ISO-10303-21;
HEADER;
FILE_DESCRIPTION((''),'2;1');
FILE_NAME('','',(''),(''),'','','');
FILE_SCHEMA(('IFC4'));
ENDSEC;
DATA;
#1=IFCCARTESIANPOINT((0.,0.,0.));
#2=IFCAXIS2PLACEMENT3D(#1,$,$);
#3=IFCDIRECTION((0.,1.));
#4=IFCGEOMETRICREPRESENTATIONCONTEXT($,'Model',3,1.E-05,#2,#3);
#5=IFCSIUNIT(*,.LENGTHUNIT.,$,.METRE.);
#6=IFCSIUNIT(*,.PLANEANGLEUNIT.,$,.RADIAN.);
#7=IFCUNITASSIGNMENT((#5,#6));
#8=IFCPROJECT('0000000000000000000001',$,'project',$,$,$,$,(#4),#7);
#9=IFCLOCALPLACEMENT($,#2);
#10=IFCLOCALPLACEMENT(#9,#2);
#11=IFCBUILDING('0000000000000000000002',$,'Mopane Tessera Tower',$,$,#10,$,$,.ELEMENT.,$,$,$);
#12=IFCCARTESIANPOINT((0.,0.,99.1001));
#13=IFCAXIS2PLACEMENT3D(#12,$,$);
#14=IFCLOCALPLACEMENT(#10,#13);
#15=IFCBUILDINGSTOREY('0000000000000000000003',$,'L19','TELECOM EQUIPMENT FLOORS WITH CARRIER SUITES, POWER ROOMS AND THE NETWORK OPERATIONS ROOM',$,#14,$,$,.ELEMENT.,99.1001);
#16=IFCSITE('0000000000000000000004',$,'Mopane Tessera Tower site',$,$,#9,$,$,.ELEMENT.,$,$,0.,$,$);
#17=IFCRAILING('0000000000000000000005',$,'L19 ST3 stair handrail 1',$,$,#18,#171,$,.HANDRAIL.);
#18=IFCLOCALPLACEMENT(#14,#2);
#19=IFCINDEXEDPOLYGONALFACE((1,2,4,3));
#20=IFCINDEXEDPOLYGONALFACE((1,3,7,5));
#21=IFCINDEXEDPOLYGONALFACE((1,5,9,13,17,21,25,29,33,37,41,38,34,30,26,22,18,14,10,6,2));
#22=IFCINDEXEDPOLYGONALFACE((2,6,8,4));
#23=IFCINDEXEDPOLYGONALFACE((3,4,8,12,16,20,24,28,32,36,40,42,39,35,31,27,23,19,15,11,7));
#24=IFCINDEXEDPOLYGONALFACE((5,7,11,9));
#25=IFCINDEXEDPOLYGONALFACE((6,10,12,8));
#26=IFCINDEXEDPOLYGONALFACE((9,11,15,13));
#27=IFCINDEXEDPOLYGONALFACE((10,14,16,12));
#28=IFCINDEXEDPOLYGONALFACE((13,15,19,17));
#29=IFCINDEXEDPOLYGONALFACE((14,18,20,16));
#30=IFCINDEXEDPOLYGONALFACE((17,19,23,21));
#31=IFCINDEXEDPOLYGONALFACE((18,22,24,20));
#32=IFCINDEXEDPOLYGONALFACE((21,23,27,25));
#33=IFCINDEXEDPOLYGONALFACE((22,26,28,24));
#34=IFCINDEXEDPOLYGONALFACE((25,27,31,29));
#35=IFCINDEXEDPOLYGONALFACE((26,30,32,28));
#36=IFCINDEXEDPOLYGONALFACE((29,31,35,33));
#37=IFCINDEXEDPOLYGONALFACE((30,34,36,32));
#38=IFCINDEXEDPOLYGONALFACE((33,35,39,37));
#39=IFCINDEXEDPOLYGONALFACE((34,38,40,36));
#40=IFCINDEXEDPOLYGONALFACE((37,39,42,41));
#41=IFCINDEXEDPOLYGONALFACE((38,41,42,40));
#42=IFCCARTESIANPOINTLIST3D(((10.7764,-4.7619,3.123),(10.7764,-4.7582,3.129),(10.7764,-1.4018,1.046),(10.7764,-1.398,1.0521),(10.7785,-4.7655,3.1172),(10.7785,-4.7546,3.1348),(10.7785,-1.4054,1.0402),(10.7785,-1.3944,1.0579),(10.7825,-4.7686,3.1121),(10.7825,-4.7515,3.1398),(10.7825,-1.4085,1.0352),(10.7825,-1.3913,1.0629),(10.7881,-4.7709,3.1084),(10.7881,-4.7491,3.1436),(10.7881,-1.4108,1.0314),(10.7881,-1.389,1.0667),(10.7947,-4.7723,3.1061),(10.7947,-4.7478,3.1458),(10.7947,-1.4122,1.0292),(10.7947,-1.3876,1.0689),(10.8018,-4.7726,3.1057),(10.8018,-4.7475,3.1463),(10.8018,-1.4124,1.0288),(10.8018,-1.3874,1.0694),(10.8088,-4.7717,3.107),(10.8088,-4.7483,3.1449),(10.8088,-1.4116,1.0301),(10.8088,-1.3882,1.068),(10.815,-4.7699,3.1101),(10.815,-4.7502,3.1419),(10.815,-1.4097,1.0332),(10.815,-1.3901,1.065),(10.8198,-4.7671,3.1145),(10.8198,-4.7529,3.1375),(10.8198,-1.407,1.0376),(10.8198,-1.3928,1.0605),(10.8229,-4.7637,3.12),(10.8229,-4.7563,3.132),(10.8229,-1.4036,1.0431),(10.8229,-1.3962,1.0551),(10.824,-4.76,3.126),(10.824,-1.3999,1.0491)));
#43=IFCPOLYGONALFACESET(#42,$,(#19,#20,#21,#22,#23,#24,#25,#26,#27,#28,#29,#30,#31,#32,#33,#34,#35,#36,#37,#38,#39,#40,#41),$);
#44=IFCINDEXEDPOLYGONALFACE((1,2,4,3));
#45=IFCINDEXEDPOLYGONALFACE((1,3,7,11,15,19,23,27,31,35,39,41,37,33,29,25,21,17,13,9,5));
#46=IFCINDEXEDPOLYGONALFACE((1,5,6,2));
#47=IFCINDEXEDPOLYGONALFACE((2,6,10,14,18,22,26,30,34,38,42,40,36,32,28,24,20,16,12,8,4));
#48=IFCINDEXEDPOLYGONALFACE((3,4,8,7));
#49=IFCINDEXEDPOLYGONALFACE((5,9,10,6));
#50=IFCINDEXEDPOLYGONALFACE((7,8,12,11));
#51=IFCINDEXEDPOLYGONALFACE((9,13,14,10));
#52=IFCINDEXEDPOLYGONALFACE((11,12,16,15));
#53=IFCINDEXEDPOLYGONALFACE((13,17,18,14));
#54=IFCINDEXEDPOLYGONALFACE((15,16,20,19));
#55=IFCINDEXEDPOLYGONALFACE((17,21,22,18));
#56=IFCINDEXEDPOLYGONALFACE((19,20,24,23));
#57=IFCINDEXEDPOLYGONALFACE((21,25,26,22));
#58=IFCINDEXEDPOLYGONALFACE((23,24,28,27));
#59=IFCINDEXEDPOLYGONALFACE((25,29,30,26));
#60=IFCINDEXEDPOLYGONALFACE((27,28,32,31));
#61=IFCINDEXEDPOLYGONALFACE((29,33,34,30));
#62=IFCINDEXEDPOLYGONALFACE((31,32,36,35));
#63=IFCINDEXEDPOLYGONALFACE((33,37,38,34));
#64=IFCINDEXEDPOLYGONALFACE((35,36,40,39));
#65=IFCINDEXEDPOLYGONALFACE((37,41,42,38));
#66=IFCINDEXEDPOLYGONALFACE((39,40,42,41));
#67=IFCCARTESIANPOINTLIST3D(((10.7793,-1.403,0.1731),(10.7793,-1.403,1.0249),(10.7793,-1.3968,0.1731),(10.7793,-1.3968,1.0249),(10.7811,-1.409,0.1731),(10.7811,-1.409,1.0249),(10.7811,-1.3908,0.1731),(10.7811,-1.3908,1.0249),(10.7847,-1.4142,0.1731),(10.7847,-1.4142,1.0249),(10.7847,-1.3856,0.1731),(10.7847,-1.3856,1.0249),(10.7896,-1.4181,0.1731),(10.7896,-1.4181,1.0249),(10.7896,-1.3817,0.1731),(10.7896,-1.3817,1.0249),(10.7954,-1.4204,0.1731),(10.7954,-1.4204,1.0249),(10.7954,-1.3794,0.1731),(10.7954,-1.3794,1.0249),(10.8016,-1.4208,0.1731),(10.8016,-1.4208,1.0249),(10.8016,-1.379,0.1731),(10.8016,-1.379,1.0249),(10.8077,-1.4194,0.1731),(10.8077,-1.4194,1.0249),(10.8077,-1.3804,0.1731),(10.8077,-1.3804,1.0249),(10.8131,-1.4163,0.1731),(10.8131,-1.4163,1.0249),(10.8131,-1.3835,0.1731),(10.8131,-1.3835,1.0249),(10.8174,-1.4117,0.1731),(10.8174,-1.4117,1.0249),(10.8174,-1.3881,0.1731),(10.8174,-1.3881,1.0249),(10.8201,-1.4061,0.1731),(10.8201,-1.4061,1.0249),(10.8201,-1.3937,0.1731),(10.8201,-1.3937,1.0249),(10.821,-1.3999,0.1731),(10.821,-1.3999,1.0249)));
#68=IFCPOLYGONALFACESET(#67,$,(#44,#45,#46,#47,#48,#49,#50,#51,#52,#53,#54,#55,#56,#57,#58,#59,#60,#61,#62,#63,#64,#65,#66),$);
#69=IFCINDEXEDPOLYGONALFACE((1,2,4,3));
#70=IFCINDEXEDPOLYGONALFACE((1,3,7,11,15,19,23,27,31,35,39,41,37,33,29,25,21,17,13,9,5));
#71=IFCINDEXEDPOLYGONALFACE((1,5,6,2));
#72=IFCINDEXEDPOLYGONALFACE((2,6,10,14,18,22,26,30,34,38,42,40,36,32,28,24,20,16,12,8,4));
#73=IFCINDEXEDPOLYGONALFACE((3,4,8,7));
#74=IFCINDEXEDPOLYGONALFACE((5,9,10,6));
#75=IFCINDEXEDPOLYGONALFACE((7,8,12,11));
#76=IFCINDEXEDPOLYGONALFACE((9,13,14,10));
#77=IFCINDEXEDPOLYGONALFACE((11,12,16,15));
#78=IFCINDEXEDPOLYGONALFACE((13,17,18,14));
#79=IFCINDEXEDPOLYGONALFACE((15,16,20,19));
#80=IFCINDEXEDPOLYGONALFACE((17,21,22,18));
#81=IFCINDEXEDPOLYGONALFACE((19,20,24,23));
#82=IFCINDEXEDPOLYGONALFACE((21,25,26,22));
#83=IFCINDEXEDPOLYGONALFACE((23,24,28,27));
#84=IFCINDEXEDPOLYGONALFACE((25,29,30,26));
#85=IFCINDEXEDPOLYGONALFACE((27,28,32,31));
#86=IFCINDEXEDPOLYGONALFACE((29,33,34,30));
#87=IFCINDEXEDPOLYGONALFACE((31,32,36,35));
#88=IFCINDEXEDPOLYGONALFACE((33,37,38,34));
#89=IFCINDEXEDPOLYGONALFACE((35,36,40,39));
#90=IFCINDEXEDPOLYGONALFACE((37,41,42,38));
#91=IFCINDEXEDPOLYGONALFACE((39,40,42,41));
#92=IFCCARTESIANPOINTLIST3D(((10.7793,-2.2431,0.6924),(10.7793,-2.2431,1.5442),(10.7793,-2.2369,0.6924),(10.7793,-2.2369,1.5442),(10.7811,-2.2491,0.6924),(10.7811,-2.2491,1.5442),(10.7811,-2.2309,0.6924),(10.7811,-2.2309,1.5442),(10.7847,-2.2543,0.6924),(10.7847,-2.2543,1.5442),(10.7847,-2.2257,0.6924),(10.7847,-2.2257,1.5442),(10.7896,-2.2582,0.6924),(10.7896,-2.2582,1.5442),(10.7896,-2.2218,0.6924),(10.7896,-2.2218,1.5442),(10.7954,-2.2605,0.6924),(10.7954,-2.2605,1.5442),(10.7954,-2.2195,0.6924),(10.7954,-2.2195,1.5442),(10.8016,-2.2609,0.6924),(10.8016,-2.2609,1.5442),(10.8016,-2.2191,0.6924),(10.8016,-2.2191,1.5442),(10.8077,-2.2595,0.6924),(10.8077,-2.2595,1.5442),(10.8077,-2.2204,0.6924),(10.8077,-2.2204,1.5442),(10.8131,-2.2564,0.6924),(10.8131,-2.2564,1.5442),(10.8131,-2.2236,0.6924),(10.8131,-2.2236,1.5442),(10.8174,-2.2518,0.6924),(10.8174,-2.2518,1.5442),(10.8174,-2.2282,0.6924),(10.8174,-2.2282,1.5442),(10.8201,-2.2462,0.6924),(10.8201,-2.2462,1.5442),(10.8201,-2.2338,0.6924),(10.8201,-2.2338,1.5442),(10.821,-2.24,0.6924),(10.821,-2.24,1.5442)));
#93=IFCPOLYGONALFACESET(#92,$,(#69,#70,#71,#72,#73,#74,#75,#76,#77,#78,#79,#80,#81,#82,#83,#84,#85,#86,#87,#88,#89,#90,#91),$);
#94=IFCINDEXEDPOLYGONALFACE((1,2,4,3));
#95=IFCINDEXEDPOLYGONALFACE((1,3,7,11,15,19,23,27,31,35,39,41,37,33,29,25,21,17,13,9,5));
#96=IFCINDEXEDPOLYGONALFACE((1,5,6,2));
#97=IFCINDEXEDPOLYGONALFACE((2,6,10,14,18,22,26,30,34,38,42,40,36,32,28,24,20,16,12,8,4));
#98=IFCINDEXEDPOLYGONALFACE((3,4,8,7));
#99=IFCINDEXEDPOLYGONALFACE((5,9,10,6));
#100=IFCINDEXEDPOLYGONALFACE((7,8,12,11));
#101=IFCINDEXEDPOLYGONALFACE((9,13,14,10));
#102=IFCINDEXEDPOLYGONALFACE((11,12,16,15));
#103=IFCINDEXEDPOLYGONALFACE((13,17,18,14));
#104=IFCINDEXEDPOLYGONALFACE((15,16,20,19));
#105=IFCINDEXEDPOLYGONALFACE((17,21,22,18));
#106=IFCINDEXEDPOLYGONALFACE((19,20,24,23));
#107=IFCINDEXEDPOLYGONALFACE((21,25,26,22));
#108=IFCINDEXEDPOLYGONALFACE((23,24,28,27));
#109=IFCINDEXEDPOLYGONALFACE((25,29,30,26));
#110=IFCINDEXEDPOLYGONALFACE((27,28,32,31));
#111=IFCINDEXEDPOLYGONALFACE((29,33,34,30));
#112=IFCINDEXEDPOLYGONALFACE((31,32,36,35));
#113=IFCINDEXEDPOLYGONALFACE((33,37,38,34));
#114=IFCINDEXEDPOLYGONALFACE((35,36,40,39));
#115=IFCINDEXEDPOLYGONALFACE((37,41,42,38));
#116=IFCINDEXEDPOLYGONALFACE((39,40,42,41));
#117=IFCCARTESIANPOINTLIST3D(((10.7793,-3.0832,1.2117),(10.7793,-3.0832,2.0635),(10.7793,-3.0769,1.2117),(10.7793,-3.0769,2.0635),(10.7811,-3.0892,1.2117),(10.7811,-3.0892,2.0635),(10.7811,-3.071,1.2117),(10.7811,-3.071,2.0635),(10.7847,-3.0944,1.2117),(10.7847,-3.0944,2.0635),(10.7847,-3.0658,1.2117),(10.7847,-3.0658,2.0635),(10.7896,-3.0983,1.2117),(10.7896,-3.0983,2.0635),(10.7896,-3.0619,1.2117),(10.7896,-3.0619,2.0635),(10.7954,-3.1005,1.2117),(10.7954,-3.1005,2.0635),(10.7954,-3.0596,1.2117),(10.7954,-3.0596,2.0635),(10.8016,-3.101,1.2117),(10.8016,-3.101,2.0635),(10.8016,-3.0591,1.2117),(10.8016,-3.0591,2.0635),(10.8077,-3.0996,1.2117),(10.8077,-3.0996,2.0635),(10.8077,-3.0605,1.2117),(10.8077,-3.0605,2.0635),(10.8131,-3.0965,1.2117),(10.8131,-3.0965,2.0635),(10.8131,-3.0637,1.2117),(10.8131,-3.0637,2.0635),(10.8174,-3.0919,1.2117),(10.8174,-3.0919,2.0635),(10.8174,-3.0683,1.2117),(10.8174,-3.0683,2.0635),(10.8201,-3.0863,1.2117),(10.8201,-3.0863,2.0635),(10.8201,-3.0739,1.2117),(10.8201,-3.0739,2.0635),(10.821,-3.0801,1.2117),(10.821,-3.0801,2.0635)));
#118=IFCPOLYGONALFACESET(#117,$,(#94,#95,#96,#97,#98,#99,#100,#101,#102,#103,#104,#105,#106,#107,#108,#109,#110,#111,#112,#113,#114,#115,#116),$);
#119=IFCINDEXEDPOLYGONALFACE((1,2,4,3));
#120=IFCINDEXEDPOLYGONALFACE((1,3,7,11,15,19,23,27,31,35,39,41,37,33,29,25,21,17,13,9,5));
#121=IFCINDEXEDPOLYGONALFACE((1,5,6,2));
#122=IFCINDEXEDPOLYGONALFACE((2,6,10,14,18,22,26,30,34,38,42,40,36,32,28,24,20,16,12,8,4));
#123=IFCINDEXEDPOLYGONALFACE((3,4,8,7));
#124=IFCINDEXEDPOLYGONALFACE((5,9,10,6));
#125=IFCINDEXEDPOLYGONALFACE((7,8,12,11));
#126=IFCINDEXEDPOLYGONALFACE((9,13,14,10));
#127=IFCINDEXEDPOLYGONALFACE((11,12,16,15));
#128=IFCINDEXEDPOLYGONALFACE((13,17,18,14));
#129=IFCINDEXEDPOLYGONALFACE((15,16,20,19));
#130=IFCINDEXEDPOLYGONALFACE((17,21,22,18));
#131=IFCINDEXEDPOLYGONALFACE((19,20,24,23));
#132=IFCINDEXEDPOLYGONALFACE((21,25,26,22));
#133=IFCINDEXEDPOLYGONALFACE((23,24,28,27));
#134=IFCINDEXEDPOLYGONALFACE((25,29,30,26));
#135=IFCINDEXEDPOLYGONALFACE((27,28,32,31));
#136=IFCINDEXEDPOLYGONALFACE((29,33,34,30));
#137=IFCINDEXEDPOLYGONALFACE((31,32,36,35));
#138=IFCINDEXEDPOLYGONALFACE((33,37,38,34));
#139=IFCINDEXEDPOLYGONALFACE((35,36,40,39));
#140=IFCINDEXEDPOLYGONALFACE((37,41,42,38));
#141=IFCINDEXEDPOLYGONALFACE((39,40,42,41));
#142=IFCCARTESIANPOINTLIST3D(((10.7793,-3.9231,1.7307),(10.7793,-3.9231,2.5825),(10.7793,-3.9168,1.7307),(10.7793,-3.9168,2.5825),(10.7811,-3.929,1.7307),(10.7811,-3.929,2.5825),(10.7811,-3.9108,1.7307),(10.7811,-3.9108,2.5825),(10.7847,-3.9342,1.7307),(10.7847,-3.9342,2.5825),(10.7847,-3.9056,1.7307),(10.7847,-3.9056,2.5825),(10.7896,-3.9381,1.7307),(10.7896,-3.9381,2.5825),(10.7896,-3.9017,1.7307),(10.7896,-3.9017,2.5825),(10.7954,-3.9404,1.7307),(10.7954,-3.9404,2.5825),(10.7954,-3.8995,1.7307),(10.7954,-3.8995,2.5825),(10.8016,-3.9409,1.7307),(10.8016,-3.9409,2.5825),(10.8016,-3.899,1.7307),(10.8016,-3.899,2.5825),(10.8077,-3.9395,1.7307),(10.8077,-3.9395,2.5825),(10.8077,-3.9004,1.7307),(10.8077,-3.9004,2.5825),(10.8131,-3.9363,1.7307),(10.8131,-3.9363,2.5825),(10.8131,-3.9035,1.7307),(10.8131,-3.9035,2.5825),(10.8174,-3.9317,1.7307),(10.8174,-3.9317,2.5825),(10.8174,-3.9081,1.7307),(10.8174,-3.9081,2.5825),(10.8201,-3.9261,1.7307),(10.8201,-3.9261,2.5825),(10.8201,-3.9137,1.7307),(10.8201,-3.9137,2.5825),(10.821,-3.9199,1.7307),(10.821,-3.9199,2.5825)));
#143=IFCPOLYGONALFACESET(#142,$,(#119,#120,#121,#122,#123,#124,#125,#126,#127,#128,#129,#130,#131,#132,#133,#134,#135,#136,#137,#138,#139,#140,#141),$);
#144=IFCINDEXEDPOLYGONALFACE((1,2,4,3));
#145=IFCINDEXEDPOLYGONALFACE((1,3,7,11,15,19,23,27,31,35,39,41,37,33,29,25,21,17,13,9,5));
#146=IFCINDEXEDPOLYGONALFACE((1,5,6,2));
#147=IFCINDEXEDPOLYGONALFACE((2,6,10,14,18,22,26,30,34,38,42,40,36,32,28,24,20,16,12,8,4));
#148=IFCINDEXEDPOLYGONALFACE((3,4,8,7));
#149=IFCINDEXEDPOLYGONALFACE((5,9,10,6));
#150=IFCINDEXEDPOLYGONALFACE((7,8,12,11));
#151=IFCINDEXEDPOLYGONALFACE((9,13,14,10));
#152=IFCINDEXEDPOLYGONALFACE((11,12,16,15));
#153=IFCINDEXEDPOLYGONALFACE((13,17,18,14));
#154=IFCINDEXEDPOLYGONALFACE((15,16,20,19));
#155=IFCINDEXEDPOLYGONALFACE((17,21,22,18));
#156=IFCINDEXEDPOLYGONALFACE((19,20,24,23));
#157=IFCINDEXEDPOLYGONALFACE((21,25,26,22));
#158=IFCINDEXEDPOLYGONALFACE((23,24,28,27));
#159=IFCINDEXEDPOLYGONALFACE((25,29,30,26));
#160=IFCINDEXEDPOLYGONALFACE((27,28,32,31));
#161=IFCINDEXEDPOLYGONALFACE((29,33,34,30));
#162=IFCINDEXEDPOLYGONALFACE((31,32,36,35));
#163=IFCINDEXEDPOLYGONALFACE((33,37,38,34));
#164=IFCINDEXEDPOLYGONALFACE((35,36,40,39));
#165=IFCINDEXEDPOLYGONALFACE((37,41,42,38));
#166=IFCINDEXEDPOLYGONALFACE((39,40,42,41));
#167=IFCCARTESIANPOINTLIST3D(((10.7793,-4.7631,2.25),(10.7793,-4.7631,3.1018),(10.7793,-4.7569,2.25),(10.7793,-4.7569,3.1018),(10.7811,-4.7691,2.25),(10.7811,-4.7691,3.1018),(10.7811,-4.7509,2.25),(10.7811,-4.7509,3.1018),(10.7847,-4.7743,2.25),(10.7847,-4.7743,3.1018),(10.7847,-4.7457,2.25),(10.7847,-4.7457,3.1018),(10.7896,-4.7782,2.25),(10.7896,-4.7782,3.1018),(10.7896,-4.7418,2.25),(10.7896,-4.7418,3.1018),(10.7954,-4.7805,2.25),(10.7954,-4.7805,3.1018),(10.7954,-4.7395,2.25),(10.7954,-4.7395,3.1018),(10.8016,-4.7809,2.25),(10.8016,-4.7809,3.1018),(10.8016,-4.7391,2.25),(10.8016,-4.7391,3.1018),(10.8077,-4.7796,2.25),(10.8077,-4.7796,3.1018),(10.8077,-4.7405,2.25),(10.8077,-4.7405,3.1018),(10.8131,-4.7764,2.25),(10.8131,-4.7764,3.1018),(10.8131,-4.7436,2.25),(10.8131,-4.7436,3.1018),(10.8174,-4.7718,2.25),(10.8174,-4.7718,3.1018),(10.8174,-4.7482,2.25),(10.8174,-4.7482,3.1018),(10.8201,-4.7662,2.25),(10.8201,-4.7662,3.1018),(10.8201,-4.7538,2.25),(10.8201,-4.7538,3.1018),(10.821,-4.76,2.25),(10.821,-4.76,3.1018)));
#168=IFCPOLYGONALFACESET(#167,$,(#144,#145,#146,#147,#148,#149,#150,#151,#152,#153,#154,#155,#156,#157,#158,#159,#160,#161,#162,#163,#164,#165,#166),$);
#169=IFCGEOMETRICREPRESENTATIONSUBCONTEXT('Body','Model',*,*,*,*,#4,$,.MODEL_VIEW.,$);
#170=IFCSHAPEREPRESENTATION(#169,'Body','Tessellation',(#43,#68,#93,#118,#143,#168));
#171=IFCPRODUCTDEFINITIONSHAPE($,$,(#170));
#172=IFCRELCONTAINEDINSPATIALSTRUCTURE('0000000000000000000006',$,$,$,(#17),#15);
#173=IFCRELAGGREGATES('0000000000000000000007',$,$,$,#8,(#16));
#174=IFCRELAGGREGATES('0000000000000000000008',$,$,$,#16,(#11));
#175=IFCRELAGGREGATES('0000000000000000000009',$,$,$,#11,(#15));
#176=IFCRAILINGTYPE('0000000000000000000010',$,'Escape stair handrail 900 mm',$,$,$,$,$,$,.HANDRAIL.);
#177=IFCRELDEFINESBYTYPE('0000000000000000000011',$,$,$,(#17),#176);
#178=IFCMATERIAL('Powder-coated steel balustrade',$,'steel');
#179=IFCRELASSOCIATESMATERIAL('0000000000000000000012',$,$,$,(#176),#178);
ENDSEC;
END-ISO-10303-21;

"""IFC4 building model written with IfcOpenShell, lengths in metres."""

from ifc_helpers import new_model, si_unit, direction, frame, origin, origin_2d, place, context, subcontext, project, spatial, circle, extrude, material, type_object, element, save


model = new_model("IFC4")

# Units and contexts
model_context = context("Model", 3, precision=1e-05, world=origin(), true_north=direction((0.0, 1.0)))
body_context = subcontext(model_context, "Body", "Model", "MODEL_VIEW")
ifc_project = project(units=[si_unit("LENGTHUNIT", "METRE"), si_unit("PLANEANGLEUNIT", "RADIAN")], contexts=[model_context])

# Site, building, storey
site_placement = place(None, origin())
site = spatial("IfcSite", under=ifc_project, at=site_placement, Name="Mopane Tessera Tower site", CompositionType="ELEMENT", RefElevation=0.0)
building_placement = place(site_placement, origin())
building = spatial("IfcBuilding", under=site, at=building_placement, Name="Mopane Tessera Tower", CompositionType="ELEMENT")
storey_placement = place(building_placement, frame((0.0, 0.0, 99.1001)))
storey = spatial("IfcBuildingStorey", under=building, at=storey_placement, Name="L19", Description="TELECOM EQUIPMENT FLOORS WITH CARRIER SUITES, POWER ROOMS AND THE NETWORK OPERATIONS ROOM", CompositionType="ELEMENT", Elevation=99.1001)

# Railing
ifc_material_1 = material(Name="Powder-coated steel balustrade", Category="steel")
railing_type = type_object("IfcRailingType", Name="Escape stair handrail 900 mm", PredefinedType="HANDRAIL", material=ifc_material_1)
railing_placement = place(storey_placement, frame((10.8, -1.3999, 0.1731)))
element("IfcRailing", 1, at=railing_placement, inside=storey, type_object=railing_type, Name="L19 ST3 stair handrail 1", PredefinedType="HANDRAIL", context=body_context, shape_type="SweptSolid", body=[
    extrude(circle(Radius=0.0239, at=origin_2d()), frame((0.0, 0.0, 0.876), z_axis=(0.0, -0.850623, 0.525776), x_axis=(1.0, 0.0, 0.0)), (0.0, 0.0, 1.0), 3.9502),
    extrude(circle(Radius=0.021, at=origin_2d()), origin(), (0.0, 0.0, 1.0), 0.8518),
    extrude(circle(Radius=0.021, at=origin_2d()), frame((0.0, -0.8401, 0.5193)), (0.0, 0.0, 1.0), 0.8518),
    extrude(circle(Radius=0.021, at=origin_2d()), frame((0.0, -1.6802, 1.0386)), (0.0, 0.0, 1.0), 0.8518),
    extrude(circle(Radius=0.021, at=origin_2d()), frame((0.0, -2.52, 1.5576)), (0.0, 0.0, 1.0), 0.8518),
    extrude(circle(Radius=0.021, at=origin_2d()), frame((0.0, -3.3601, 2.0769)), (0.0, 0.0, 1.0), 0.8518),
])

save(model, "model.ifc")
